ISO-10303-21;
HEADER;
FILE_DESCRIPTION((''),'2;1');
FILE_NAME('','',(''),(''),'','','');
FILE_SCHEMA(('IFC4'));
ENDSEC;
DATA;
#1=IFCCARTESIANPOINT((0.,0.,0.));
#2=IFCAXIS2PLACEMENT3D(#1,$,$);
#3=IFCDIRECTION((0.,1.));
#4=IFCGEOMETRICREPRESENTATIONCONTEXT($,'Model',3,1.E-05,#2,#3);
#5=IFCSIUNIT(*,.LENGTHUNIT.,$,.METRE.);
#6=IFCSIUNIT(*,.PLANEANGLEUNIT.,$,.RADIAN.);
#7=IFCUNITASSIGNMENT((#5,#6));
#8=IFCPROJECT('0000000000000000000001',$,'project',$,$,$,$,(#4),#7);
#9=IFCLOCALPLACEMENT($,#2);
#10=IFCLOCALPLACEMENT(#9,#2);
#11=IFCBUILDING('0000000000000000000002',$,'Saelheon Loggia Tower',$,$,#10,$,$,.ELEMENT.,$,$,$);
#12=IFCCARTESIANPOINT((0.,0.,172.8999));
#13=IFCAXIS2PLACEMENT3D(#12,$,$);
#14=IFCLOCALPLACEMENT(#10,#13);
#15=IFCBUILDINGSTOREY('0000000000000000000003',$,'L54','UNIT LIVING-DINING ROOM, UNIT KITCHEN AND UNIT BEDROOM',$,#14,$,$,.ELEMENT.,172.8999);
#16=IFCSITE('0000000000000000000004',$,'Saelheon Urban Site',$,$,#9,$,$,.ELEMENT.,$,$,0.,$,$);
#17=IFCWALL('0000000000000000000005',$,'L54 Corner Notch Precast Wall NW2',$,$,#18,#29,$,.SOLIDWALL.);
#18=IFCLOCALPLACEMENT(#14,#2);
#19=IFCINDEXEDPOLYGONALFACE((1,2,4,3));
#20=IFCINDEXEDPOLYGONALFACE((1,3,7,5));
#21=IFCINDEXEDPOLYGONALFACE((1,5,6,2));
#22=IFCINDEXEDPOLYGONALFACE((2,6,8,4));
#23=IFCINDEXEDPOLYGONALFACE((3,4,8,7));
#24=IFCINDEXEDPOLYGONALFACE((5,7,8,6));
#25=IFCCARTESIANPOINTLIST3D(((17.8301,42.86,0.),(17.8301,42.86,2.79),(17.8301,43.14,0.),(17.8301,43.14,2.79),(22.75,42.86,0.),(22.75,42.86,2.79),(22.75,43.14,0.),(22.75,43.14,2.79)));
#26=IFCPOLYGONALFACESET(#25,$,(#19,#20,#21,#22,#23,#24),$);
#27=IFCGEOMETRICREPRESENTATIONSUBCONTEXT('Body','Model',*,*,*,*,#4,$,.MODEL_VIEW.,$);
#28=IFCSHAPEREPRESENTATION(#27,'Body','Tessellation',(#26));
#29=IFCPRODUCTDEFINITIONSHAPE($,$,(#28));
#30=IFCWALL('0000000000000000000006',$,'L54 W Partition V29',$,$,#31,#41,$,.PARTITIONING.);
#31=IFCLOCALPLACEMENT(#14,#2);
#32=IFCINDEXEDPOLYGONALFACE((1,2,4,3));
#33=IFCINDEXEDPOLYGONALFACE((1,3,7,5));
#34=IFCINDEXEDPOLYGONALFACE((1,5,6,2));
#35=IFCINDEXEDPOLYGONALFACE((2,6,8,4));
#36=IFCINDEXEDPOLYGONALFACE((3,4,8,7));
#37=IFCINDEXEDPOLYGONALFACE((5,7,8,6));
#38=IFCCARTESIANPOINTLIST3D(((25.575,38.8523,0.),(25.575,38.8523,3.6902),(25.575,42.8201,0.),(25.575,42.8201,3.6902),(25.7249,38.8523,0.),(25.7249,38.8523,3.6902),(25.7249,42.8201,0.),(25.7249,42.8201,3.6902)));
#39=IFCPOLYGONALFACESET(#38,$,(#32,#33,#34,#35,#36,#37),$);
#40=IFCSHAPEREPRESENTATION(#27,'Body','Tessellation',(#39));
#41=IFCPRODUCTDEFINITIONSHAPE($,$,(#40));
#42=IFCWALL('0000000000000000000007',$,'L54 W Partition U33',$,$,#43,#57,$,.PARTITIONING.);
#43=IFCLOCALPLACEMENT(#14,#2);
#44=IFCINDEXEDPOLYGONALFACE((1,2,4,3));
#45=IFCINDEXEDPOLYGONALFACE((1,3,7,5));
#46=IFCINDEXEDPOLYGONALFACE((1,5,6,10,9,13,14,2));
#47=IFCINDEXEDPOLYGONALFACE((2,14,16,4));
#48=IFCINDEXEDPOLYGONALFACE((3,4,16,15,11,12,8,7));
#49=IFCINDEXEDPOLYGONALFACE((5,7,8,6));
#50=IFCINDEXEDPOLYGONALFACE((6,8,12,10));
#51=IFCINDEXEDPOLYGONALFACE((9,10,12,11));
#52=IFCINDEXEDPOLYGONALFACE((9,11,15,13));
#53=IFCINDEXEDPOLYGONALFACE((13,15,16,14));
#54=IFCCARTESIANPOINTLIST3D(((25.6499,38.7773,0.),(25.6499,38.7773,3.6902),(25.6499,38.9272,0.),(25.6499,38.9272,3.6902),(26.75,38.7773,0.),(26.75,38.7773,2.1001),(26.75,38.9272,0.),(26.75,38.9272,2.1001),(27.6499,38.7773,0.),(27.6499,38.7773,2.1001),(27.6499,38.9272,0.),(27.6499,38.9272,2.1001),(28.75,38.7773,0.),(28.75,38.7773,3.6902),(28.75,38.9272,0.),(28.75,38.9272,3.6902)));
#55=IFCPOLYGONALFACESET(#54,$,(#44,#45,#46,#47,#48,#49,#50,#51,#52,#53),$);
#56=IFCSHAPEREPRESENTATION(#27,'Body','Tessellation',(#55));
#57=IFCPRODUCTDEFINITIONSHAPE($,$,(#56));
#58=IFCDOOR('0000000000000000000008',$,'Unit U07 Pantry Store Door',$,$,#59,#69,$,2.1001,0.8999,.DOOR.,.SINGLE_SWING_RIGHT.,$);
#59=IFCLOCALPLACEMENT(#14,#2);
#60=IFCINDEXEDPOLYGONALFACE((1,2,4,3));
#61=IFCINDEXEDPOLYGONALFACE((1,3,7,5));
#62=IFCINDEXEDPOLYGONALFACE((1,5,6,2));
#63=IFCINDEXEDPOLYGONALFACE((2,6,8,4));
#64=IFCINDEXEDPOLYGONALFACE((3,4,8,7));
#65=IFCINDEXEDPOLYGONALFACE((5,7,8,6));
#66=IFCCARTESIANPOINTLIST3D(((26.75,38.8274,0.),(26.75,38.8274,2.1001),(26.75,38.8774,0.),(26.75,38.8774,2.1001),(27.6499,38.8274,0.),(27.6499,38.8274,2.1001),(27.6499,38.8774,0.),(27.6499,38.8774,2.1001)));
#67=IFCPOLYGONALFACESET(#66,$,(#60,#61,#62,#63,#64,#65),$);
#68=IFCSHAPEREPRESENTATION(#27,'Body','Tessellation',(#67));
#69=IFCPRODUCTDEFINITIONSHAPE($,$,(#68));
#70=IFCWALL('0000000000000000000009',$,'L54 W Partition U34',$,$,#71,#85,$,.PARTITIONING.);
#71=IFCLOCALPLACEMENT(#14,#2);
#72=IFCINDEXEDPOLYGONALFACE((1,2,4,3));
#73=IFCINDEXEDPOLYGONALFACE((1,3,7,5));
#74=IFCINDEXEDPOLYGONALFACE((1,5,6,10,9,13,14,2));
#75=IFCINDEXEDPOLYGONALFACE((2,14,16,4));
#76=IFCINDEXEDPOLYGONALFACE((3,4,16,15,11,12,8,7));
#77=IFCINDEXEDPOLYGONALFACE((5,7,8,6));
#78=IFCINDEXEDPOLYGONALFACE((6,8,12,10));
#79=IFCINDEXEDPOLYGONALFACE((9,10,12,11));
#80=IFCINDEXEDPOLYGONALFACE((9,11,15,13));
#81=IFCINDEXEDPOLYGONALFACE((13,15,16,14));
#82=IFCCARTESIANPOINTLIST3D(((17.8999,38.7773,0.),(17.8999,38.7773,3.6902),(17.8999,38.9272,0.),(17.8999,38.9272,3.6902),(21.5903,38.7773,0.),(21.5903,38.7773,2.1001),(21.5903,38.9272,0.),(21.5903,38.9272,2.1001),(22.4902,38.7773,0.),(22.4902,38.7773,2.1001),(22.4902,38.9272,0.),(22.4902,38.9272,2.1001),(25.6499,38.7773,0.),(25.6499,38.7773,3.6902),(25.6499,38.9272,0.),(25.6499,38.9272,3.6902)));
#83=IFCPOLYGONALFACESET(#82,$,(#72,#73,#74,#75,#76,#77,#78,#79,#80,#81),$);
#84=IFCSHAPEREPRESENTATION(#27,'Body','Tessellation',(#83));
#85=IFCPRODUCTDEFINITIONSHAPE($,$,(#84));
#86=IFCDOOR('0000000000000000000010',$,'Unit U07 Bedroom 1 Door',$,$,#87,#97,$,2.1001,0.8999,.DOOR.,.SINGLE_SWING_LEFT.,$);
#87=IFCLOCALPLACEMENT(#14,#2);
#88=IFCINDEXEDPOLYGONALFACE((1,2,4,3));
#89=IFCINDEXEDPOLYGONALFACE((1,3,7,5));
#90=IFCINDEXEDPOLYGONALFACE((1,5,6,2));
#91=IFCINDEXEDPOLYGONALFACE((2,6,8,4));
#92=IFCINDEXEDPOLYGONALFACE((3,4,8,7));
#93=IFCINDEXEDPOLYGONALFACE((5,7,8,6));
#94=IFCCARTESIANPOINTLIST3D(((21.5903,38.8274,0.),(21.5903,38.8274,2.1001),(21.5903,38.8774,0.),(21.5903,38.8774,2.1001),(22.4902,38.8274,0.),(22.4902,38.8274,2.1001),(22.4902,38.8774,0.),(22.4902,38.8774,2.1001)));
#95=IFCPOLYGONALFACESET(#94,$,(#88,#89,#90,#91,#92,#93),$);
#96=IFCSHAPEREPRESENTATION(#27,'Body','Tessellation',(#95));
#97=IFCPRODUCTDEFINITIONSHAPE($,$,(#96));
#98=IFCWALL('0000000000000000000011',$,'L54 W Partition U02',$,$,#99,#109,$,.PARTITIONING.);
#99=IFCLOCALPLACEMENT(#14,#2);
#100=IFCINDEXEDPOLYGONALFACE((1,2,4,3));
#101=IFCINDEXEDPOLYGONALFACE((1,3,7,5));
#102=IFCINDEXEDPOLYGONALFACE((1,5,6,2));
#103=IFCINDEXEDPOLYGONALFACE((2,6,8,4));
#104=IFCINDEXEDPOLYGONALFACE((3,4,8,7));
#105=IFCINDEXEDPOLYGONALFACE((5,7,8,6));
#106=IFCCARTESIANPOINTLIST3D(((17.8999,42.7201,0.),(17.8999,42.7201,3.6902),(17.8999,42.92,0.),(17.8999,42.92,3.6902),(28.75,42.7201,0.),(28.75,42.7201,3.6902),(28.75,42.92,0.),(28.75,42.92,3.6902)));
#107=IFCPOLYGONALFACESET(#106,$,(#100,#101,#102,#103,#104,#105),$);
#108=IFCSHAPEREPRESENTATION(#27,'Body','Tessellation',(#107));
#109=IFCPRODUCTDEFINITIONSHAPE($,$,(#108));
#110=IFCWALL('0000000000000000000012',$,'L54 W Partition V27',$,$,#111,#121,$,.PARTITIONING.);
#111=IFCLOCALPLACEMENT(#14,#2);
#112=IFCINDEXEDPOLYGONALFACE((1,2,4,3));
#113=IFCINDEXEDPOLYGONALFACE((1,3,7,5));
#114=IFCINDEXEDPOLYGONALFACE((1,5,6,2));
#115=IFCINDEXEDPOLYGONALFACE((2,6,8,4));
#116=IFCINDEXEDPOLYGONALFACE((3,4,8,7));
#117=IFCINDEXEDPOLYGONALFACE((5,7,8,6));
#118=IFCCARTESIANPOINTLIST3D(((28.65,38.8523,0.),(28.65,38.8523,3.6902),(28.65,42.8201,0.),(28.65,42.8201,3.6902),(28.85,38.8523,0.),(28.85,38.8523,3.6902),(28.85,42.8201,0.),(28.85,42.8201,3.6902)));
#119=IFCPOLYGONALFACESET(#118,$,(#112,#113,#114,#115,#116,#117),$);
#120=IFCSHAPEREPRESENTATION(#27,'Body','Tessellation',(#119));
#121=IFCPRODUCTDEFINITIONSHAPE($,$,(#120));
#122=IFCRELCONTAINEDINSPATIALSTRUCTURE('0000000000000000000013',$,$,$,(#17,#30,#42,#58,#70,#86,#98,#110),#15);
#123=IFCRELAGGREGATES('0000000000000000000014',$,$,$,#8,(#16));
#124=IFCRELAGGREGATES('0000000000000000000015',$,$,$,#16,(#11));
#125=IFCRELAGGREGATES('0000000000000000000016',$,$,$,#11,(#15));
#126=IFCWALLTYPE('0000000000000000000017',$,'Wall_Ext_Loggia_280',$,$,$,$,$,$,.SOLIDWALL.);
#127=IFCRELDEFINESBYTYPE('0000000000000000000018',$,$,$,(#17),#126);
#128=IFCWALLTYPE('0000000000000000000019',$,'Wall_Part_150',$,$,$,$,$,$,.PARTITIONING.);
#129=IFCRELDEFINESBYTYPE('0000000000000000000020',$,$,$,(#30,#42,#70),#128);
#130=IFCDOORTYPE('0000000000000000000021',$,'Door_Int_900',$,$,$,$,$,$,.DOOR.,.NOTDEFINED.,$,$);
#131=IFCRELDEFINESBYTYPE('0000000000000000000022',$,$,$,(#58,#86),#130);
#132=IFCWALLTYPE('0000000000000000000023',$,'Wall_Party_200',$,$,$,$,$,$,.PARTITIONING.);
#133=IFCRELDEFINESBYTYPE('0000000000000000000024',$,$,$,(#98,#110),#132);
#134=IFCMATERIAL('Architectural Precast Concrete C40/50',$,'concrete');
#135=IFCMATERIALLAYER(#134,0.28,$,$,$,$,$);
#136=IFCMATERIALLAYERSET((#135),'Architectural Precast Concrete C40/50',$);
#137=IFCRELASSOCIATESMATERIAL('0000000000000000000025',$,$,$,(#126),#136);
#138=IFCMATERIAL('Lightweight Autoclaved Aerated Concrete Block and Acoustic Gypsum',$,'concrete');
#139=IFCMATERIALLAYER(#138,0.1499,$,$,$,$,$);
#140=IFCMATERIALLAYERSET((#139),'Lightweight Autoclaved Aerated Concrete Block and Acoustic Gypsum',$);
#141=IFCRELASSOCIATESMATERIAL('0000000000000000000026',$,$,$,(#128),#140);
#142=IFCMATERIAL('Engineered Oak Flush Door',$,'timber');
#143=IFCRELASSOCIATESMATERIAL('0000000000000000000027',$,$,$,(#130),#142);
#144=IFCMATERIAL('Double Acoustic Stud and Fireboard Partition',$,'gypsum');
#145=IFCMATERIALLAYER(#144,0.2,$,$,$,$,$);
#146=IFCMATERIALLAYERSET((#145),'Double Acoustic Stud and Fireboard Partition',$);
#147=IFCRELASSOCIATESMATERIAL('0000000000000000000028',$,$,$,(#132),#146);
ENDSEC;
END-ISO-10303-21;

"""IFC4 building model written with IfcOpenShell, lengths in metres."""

from ifc_helpers import new_model, si_unit, direction, frame, frame_2d, origin, place, context, subcontext, project, spatial, rectangle, extrude, source, transform, mapped, material, layer, layer_set, type_object, element, fill, save


model = new_model("IFC4")

# Units and contexts
model_context = context("Model", 3, precision=1e-05, world=origin(), true_north=direction((0.0, 1.0)))
body_context = subcontext(model_context, "Body", "Model", "MODEL_VIEW")
ifc_project = project(units=[si_unit("LENGTHUNIT", "METRE"), si_unit("PLANEANGLEUNIT", "RADIAN")], contexts=[model_context])

# Site, building, storey
site_placement = place(None, origin())
site = spatial("IfcSite", under=ifc_project, at=site_placement, Name="Saelheon Urban Site", CompositionType="ELEMENT", RefElevation=0.0)
building_placement = place(site_placement, origin())
building = spatial("IfcBuilding", under=site, at=building_placement, Name="Saelheon Loggia Tower", CompositionType="ELEMENT")
storey_placement = place(building_placement, frame((0.0, 0.0, 172.8999)))
storey = spatial("IfcBuildingStorey", under=building, at=storey_placement, Name="L54", Description="UNIT LIVING-DINING ROOM, UNIT KITCHEN AND UNIT BEDROOM", CompositionType="ELEMENT", Elevation=172.8999)

# Shared definitions
ifc_material_1 = material(Name="Architectural Precast Concrete C40/50", Category="concrete")
ifc_layer_1 = layer(ifc_material_1, 0.28)
ifc_layer_set_1 = layer_set([ifc_layer_1], Name="Architectural Precast Concrete C40/50")
wall_type_1 = type_object("IfcWallType", Name="Wall_Ext_Loggia_280", PredefinedType="SOLIDWALL", material=ifc_layer_set_1)

# Walls
for number, where, z_axis, x_axis, name in (
    (1, (17.8301, 43.0, 0.0), (0.0, 0.0, 1.0), (1.0, 0.0, 0.0), "L54 Corner Notch Precast Wall NW2"),
):
    element("IfcWall", number, at=place(storey_placement, frame(where, z_axis=z_axis, x_axis=x_axis)), inside=storey, type_object=wall_type_1, Name=name, PredefinedType="SOLIDWALL", context=body_context, shape_type="SweptSolid", body=[
        extrude(rectangle(XDim=4.9199, YDim=0.28, at=frame_2d((2.46, 0.0))), origin(), (0.0, 0.0, 1.0), 2.79),
    ])
ifc_material_2 = material(Name="Lightweight Autoclaved Aerated Concrete Block and Acoustic Gypsum", Category="concrete")
ifc_layer_2 = layer(ifc_material_2, 0.1499)
ifc_layer_set_2 = layer_set([ifc_layer_2], Name="Lightweight Autoclaved Aerated Concrete Block and Acoustic Gypsum")
wall_type_2 = type_object("IfcWallType", Name="Wall_Part_150", PredefinedType="PARTITIONING", material=ifc_layer_set_2)
wall_1_placement = place(storey_placement, frame((25.6499, 38.8523, 0.0), z_axis=(0.0, 0.0, 1.0), x_axis=(0.0, 1.0, 0.0)))
element("IfcWall", 2, at=wall_1_placement, inside=storey, type_object=wall_type_2, Name="L54 W Partition V29", PredefinedType="PARTITIONING", context=body_context, shape_type="SweptSolid", body=[
    extrude(rectangle(XDim=3.9678, YDim=0.1499, at=frame_2d((1.9839, 0.0))), origin(), (0.0, 0.0, 1.0), 3.6902),
])

# Walls, openings, doors
wall_2_placement = place(storey_placement, frame((28.75, 38.8523, 0.0), z_axis=(0.0, 0.0, 1.0), x_axis=(-1.0, 0.0, 0.0)))
wall_2 = element("IfcWall", 3, at=wall_2_placement, inside=storey, type_object=wall_type_2, Name="L54 W Partition U33", PredefinedType="PARTITIONING", context=body_context, shape_type="SweptSolid", body=[
    extrude(rectangle(XDim=3.1001, YDim=0.1499, at=frame_2d((1.55, 0.0))), origin(), (0.0, 0.0, 1.0), 3.6902),
])
opening_1_placement = place(wall_2_placement, frame((1.1001, 0.0, 0.0)))
opening_1 = element("IfcOpeningElement", 4, at=opening_1_placement, cuts=wall_2, PredefinedType="OPENING", context=body_context, shape_type="SweptSolid", body=[
    extrude(rectangle(XDim=0.8999, YDim=2.1001, at=frame_2d((0.45, 1.05))), frame((0.0, 0.0869, 0.0), z_axis=(0.0, -1.0, 0.0), x_axis=(1.0, 0.0, 0.0)), (0.0, 0.0, 1.0), 0.1738),
])
ifc_material_3 = material(Name="Engineered Oak Flush Door", Category="timber")
door_type_1 = type_object("IfcDoorType", Name="Door_Int_900", OperationType="NOTDEFINED", PredefinedType="DOOR", material=ifc_material_3)
shared_shape_1 = source(origin(), body_context, "Body", "SweptSolid", [
    extrude(rectangle(XDim=0.8999, YDim=2.1001, at=frame_2d((0.45, 1.05))), frame((0.0, 0.0249, 0.0), z_axis=(0.0, -1.0, 0.0), x_axis=(1.0, 0.0, 0.0)), (0.0, 0.0, 1.0), 0.05),
])
door_1_placement = place(opening_1_placement, origin())
door_1 = element("IfcDoor", 5, at=door_1_placement, inside=storey, type_object=door_type_1, Name="Unit U07 Pantry Store Door", OperationType="SINGLE_SWING_RIGHT", OverallHeight=2.1001, OverallWidth=0.8999, PredefinedType="DOOR", context=body_context, shape_type="MappedRepresentation", body=[
    mapped(shared_shape_1, transform((0.0, 0.0, 0.0), scale=1.0)),
])
fill(opening_1, door_1)
wall_3_placement = place(storey_placement, frame((25.6499, 38.8523, 0.0), z_axis=(0.0, 0.0, 1.0), x_axis=(-1.0, 0.0, 0.0)))
wall_3 = element("IfcWall", 6, at=wall_3_placement, inside=storey, type_object=wall_type_2, Name="L54 W Partition U34", PredefinedType="PARTITIONING", context=body_context, shape_type="SweptSolid", body=[
    extrude(rectangle(XDim=7.75, YDim=0.1499, at=frame_2d((3.875, 0.0))), origin(), (0.0, 0.0, 1.0), 3.6902),
])
opening_2_placement = place(wall_3_placement, frame((3.1597, 0.0, 0.0)))
opening_2 = element("IfcOpeningElement", 7, at=opening_2_placement, cuts=wall_3, PredefinedType="OPENING", context=body_context, shape_type="SweptSolid", body=[
    extrude(rectangle(XDim=0.8999, YDim=2.1001, at=frame_2d((0.45, 1.05))), frame((0.0, 0.0869, 0.0), z_axis=(0.0, -1.0, 0.0), x_axis=(1.0, 0.0, 0.0)), (0.0, 0.0, 1.0), 0.1738),
])
door_2_placement = place(opening_2_placement, origin())
door_2 = element("IfcDoor", 8, at=door_2_placement, inside=storey, type_object=door_type_1, Name="Unit U07 Bedroom 1 Door", OperationType="SINGLE_SWING_LEFT", OverallHeight=2.1001, OverallWidth=0.8999, PredefinedType="DOOR", context=body_context, shape_type="MappedRepresentation", body=[
    mapped(shared_shape_1, transform((0.0, 0.0, 0.0), scale=1.0)),
])
fill(opening_2, door_2)

# Walls
ifc_material_4 = material(Name="Double Acoustic Stud and Fireboard Partition", Category="gypsum")
ifc_layer_3 = layer(ifc_material_4, 0.2)
ifc_layer_set_3 = layer_set([ifc_layer_3], Name="Double Acoustic Stud and Fireboard Partition")
wall_type_3 = type_object("IfcWallType", Name="Wall_Party_200", PredefinedType="PARTITIONING", material=ifc_layer_set_3)
wall_4_placement = place(storey_placement, frame((28.75, 42.8201, 0.0), z_axis=(0.0, 0.0, 1.0), x_axis=(-1.0, 0.0, 0.0)))
element("IfcWall", 9, at=wall_4_placement, inside=storey, type_object=wall_type_3, Name="L54 W Partition U02", PredefinedType="PARTITIONING", context=body_context, shape_type="SweptSolid", body=[
    extrude(rectangle(XDim=10.8501, YDim=0.2, at=frame_2d((5.425, 0.0))), origin(), (0.0, 0.0, 1.0), 3.6902),
])
wall_5_placement = place(storey_placement, frame((28.75, 38.8523, 0.0), z_axis=(0.0, 0.0, 1.0), x_axis=(0.0, 1.0, 0.0)))
element("IfcWall", 10, at=wall_5_placement, inside=storey, type_object=wall_type_3, Name="L54 W Partition V27", PredefinedType="PARTITIONING", context=body_context, shape_type="SweptSolid", body=[
    extrude(rectangle(XDim=3.9678, YDim=0.2, at=frame_2d((1.9839, 0.0))), origin(), (0.0, 0.0, 1.0), 3.6902),
])

save(model, "model.ifc")
